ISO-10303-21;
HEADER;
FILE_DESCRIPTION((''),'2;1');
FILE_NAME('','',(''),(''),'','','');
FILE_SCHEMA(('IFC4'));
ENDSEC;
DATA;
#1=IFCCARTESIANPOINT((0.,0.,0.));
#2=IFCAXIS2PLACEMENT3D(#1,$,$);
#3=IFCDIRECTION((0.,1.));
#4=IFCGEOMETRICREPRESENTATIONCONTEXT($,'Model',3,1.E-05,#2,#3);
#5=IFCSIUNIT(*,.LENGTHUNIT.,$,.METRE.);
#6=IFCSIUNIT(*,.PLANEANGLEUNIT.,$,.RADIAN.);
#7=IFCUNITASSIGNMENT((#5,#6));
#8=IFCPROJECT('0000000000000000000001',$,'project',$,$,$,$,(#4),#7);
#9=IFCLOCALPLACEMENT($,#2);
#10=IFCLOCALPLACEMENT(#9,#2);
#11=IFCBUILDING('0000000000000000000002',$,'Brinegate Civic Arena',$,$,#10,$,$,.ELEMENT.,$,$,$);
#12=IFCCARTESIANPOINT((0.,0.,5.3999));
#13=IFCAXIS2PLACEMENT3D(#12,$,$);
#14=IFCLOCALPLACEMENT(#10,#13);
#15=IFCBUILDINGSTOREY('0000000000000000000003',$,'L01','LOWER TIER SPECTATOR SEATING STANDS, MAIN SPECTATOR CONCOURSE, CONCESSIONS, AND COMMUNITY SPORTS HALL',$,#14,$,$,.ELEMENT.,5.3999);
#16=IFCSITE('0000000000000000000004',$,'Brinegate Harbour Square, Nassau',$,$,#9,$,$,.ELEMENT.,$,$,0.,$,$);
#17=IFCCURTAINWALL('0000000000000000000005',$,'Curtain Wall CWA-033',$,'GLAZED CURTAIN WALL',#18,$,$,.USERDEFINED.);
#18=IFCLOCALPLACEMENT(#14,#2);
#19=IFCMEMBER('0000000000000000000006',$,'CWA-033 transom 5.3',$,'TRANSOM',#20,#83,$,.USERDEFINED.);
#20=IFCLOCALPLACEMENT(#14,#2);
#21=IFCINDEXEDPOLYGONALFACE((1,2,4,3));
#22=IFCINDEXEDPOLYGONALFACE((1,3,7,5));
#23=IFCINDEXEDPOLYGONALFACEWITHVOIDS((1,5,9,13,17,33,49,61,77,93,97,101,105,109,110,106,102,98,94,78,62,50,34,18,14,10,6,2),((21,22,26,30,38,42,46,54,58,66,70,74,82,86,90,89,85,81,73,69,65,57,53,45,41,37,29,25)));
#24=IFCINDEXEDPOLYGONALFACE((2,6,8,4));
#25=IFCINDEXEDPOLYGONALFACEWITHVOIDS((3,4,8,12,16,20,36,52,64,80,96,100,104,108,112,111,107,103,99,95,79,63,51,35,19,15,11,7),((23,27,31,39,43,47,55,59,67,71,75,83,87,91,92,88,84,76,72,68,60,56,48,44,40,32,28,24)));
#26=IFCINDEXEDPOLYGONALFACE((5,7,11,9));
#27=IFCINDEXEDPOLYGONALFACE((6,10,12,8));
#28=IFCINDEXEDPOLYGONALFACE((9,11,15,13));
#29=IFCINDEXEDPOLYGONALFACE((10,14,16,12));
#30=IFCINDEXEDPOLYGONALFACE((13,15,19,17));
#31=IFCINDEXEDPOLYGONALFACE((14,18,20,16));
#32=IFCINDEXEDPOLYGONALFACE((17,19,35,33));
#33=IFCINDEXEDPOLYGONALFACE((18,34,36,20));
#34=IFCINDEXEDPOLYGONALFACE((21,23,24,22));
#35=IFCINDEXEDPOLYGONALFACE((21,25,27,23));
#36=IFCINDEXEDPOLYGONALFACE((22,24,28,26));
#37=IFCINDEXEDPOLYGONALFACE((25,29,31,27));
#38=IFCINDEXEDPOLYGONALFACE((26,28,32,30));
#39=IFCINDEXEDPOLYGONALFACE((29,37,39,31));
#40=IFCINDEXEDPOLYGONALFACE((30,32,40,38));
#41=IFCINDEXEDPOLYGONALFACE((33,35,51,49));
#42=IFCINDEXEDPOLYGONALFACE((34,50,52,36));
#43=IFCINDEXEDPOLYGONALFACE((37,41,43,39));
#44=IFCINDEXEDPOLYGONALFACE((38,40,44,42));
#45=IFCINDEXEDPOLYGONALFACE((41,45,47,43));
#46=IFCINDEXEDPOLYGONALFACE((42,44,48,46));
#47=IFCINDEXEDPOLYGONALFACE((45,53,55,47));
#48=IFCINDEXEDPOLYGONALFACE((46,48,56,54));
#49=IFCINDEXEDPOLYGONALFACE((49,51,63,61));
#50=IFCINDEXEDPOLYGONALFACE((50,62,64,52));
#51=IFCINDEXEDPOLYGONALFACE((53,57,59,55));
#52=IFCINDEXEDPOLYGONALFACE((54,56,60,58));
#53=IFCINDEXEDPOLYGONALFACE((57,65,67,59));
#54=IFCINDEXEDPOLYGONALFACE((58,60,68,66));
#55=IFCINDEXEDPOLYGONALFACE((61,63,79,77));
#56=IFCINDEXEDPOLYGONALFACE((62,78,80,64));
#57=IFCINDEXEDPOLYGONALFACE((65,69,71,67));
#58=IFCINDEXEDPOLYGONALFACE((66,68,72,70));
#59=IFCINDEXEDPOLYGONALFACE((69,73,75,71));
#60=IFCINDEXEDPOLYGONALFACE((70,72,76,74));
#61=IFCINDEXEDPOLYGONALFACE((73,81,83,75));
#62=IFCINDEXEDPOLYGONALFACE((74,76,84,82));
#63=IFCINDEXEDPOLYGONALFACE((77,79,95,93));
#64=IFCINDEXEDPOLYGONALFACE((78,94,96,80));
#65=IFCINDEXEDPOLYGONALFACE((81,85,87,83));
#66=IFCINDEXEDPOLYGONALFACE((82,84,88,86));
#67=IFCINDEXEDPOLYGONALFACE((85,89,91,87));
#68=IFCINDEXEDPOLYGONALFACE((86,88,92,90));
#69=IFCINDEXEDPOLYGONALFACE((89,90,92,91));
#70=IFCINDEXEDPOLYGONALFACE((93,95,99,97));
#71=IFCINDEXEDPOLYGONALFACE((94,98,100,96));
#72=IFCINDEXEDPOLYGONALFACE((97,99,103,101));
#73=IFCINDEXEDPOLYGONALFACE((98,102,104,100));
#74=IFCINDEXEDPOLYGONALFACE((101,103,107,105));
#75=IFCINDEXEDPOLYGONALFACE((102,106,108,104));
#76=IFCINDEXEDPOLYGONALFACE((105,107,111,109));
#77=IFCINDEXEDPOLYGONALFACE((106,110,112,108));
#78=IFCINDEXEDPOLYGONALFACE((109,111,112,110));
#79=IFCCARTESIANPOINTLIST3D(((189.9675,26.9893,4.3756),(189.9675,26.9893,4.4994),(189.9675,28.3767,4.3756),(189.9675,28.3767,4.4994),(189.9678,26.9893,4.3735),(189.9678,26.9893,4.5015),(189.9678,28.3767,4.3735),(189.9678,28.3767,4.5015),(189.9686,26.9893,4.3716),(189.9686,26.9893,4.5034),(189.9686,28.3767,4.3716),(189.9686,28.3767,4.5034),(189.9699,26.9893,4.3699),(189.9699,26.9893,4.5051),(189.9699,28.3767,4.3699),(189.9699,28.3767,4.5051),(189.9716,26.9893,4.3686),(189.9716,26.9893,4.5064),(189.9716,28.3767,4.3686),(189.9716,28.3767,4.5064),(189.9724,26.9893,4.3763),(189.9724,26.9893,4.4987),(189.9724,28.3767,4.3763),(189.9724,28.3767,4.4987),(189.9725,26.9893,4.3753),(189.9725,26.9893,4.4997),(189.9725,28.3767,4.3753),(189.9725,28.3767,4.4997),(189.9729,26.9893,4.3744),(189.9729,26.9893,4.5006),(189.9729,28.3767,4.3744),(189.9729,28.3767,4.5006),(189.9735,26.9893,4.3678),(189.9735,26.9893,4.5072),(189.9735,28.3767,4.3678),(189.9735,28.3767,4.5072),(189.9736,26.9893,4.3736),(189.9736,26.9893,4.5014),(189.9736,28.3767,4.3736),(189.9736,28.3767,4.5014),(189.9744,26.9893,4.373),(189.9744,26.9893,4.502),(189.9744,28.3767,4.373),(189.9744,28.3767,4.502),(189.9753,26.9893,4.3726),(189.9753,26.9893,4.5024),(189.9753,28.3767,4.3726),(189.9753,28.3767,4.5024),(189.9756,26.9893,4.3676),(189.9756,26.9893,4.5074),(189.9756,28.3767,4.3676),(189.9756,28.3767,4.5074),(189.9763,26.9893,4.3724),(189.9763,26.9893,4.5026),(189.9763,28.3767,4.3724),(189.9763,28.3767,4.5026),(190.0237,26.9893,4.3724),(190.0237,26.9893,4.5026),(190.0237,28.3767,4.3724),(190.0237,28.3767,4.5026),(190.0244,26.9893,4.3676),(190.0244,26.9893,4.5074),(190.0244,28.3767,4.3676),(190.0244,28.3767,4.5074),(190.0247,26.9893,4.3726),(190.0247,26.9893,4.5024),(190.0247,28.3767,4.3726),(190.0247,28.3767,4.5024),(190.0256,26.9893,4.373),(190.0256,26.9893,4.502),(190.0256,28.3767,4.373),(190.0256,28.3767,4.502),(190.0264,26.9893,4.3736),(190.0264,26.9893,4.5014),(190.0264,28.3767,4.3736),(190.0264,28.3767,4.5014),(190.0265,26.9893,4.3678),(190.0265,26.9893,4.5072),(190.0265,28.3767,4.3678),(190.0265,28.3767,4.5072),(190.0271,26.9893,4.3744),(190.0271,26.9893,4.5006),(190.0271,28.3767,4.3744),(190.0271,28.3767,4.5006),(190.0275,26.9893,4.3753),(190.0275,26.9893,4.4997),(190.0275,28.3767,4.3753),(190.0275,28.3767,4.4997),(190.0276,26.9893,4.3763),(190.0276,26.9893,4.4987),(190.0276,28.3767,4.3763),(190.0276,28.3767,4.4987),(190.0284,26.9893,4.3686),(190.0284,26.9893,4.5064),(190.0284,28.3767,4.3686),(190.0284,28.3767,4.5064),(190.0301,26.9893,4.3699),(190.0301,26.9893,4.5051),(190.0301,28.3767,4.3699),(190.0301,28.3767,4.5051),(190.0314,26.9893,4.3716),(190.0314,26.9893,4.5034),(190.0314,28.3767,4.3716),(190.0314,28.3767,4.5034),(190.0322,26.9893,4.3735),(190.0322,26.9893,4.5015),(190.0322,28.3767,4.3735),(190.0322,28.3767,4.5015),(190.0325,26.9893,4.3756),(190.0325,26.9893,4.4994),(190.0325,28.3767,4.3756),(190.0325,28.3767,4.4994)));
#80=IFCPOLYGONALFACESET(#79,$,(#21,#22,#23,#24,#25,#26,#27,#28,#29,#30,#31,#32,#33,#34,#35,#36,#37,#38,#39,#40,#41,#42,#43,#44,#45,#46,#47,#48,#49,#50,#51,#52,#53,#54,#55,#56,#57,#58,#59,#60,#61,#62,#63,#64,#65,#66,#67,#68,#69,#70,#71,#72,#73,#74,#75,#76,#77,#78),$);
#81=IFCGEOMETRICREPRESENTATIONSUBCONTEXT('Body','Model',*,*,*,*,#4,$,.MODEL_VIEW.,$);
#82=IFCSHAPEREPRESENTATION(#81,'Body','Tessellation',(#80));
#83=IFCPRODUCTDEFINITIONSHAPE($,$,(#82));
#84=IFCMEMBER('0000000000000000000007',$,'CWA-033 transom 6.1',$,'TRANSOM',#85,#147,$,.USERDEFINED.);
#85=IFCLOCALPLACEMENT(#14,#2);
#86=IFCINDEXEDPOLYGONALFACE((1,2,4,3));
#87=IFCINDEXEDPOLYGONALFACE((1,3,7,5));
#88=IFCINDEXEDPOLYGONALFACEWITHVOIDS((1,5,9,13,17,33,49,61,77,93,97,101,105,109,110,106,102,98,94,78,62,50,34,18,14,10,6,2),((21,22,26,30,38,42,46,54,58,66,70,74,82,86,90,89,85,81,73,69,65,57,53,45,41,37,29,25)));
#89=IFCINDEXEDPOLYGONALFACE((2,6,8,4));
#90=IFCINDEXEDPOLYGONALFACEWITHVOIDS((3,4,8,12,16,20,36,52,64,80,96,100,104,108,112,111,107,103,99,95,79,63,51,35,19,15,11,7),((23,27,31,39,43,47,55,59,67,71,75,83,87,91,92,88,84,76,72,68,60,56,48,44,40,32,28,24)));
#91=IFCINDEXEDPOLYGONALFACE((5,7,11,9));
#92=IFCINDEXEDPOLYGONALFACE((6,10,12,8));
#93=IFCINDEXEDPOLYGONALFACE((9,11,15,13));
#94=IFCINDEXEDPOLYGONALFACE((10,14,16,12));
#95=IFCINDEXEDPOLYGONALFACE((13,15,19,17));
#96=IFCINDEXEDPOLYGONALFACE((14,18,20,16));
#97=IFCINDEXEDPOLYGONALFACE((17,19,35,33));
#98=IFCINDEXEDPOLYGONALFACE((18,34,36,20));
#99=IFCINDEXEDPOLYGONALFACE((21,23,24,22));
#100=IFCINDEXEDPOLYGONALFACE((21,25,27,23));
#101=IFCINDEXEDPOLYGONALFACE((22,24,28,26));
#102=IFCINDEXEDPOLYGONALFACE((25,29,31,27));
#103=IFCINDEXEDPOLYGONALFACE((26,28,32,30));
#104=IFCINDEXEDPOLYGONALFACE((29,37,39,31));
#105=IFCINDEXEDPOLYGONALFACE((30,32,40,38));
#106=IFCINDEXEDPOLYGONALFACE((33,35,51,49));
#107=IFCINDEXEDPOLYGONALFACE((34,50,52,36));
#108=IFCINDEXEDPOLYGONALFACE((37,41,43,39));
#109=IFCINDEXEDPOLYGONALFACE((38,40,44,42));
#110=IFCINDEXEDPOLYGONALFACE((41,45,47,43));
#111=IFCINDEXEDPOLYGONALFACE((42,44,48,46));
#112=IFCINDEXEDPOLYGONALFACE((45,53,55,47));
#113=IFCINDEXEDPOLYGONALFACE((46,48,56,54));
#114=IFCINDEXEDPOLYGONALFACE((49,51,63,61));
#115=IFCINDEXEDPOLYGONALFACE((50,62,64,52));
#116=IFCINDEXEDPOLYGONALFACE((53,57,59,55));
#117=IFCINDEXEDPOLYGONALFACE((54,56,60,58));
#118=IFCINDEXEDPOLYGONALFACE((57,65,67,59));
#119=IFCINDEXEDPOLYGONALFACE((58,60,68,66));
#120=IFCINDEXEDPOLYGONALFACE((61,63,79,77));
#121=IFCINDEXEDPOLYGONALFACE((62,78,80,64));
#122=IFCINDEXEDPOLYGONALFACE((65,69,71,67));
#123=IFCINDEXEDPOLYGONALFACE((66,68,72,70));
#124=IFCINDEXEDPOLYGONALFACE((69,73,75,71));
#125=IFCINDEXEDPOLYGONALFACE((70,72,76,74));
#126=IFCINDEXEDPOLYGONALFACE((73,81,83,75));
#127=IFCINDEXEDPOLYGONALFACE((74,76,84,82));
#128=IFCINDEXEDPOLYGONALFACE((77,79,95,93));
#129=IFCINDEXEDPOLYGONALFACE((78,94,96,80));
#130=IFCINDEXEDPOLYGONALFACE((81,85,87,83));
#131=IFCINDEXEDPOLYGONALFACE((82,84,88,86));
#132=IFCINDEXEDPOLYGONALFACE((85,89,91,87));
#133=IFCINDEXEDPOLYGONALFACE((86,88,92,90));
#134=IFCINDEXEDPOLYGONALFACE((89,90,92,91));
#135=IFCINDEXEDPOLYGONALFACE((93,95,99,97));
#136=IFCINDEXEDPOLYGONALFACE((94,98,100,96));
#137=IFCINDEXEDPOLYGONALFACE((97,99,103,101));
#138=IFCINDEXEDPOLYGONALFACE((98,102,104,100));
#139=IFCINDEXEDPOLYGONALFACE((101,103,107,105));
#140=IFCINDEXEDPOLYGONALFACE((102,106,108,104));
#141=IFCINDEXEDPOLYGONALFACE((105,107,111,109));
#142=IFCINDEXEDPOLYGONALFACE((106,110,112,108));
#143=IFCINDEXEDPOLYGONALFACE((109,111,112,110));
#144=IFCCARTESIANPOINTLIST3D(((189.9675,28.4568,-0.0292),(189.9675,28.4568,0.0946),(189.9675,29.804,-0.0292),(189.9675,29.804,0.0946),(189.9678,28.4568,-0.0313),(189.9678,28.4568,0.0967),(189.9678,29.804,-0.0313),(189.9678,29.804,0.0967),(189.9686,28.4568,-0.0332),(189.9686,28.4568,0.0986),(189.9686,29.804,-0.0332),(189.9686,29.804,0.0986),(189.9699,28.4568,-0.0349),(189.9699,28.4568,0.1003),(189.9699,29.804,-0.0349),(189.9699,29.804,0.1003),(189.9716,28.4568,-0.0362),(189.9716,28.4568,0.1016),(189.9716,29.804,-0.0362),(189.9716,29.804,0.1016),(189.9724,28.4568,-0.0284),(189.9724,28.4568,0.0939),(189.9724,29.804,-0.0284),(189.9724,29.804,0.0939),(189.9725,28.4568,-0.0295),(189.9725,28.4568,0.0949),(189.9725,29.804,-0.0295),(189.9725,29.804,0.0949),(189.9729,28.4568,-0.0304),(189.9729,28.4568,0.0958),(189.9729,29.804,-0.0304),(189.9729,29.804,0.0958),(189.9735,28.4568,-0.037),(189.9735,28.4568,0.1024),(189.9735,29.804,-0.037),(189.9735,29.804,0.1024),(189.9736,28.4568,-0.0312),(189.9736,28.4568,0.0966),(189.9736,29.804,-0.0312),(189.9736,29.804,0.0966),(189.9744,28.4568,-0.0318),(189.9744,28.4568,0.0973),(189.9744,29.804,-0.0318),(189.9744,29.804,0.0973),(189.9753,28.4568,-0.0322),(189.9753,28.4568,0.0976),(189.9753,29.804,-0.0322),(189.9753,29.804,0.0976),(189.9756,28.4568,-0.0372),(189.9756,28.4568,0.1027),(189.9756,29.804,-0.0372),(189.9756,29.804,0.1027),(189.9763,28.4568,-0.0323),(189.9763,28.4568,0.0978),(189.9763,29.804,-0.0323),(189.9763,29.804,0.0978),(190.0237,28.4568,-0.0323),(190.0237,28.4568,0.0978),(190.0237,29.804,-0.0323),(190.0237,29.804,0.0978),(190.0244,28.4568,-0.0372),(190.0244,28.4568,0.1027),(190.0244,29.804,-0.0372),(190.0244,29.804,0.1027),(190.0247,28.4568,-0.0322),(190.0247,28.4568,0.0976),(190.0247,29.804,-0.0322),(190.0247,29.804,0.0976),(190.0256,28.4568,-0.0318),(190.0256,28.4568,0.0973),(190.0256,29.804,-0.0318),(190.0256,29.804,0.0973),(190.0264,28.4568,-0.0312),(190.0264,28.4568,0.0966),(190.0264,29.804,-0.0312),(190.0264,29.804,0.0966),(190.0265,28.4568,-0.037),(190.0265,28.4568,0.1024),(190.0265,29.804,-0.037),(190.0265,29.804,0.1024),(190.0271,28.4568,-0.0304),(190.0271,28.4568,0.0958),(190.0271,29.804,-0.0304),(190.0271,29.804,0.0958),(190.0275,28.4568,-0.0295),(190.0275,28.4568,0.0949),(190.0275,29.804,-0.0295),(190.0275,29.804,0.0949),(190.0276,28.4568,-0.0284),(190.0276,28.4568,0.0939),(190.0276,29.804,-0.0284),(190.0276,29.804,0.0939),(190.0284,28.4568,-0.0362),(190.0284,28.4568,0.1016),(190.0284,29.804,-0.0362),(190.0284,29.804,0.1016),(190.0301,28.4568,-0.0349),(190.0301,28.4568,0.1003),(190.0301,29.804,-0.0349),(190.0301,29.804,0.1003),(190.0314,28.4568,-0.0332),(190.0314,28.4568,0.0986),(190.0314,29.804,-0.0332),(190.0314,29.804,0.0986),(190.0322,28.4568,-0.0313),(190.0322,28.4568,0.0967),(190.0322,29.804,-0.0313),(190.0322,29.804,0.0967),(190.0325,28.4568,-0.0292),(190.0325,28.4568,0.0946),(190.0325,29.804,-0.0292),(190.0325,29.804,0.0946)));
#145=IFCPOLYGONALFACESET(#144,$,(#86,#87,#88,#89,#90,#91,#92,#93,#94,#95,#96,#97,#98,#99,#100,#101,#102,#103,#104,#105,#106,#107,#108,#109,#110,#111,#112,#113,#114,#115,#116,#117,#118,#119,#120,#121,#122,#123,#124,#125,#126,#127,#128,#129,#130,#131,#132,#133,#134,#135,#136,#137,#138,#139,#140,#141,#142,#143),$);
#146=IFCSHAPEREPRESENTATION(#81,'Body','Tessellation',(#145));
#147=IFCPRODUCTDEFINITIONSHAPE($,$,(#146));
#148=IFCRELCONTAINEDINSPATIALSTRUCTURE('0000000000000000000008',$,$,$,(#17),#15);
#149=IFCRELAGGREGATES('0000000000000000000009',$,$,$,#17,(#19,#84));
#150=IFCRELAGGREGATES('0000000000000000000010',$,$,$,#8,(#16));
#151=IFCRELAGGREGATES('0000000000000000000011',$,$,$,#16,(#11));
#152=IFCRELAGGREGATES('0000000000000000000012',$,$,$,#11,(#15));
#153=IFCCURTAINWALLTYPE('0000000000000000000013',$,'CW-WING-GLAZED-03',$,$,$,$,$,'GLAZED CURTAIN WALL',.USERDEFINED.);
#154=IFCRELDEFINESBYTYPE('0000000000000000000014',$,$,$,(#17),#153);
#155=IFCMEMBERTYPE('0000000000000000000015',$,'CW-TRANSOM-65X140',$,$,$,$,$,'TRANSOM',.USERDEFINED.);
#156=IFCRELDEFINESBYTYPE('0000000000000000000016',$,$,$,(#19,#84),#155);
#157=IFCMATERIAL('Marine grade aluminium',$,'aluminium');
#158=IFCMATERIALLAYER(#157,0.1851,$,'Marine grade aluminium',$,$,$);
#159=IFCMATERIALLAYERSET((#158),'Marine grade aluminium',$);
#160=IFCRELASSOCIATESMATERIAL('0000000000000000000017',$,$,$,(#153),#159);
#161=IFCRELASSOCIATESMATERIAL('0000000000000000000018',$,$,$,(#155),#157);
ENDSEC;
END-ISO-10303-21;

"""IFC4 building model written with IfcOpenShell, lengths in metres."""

from ifc_helpers import new_model, si_unit, direction, frame, origin, origin_2d, place, context, subcontext, project, spatial, hollow_rectangle, extrude, material, layer, layer_set, material_profile, profile_set, type_object, element, aggregate, save


model = new_model("IFC4")

# Units and contexts
model_context = context("Model", 3, precision=1e-05, world=origin(), true_north=direction((0.0, 1.0)))
body_context = subcontext(model_context, "Body", "Model", "MODEL_VIEW")
ifc_project = project(units=[si_unit("LENGTHUNIT", "METRE"), si_unit("PLANEANGLEUNIT", "RADIAN")], contexts=[model_context])

# Site, building, storey
site_placement = place(None, origin())
site = spatial("IfcSite", under=ifc_project, at=site_placement, Name="Brinegate Harbour Square, Nassau", CompositionType="ELEMENT", RefElevation=0.0)
building_placement = place(site_placement, origin())
building = spatial("IfcBuilding", under=site, at=building_placement, Name="Brinegate Civic Arena", CompositionType="ELEMENT")
storey_placement = place(building_placement, frame((0.0, 0.0, 5.3999)))
storey = spatial("IfcBuildingStorey", under=building, at=storey_placement, Name="L01", Description="LOWER TIER SPECTATOR SEATING STANDS, MAIN SPECTATOR CONCOURSE, CONCESSIONS, AND COMMUNITY SPORTS HALL", CompositionType="ELEMENT", Elevation=5.3999)

# Shared definitions
ifc_material_1 = material(Name="Marine grade aluminium", Category="aluminium")
ifc_layer_1 = layer(ifc_material_1, 0.1851, Name="Marine grade aluminium")
ifc_layer_set_1 = layer_set([ifc_layer_1], Name="Marine grade aluminium")
curtain_wall_type = type_object("IfcCurtainWallType", Name="CW-WING-GLAZED-03", ElementType="GLAZED CURTAIN WALL", PredefinedType="USERDEFINED", material=ifc_layer_set_1)

# Curtain wall, members
curtain_wall_1_placement = place(storey_placement, origin())
curtain_wall_1 = element("IfcCurtainWall", 1, at=curtain_wall_1_placement, inside=storey, type_object=curtain_wall_type, Name="Curtain Wall CWA-033", ObjectType="GLAZED CURTAIN WALL", PredefinedType="USERDEFINED")
ifc_material_profile_1 = material_profile(ifc_material_1, hollow_rectangle(XDim=0.0649, YDim=0.1399, WallThickness=0.0049, InnerFilletRadius=0.0039, OuterFilletRadius=0.0081, at=origin_2d()), Name="TRN65X140")
ifc_profile_set_1 = profile_set([ifc_material_profile_1], Name="Marine grade aluminium")
member_type_1 = type_object("IfcMemberType", Name="CW-TRANSOM-65X140", ElementType="TRANSOM", PredefinedType="USERDEFINED", material=ifc_profile_set_1)
member_1_placement = place(storey_placement, frame((190.0, 26.9893, 4.4375), z_axis=(0.0, 1.0, 0.0), x_axis=(-1.0, 0.0, 0.0)))
member_1 = element("IfcMember", 2, at=member_1_placement, type_object=member_type_1, Name="CWA-033 transom 5.3", ObjectType="TRANSOM", PredefinedType="USERDEFINED", context=body_context, shape_type="SweptSolid", body=[
    extrude(hollow_rectangle(XDim=0.0649, YDim=0.1399, WallThickness=0.0049, InnerFilletRadius=0.0039, OuterFilletRadius=0.0081, at=origin_2d()), origin(), (0.0, 0.0, 1.0), 1.3875),
])
member_2_placement = place(storey_placement, frame((190.0, 28.4568, 0.0327), z_axis=(0.0, 1.0, 0.0), x_axis=(-1.0, 0.0, 0.0)))
member_2 = element("IfcMember", 3, at=member_2_placement, type_object=member_type_1, Name="CWA-033 transom 6.1", ObjectType="TRANSOM", PredefinedType="USERDEFINED", context=body_context, shape_type="SweptSolid", body=[
    extrude(hollow_rectangle(XDim=0.0649, YDim=0.1399, WallThickness=0.0049, InnerFilletRadius=0.0039, OuterFilletRadius=0.0081, at=origin_2d()), origin(), (0.0, 0.0, 1.0), 1.3472),
])

aggregate(curtain_wall_1, [member_1, member_2])

save(model, "model.ifc")
